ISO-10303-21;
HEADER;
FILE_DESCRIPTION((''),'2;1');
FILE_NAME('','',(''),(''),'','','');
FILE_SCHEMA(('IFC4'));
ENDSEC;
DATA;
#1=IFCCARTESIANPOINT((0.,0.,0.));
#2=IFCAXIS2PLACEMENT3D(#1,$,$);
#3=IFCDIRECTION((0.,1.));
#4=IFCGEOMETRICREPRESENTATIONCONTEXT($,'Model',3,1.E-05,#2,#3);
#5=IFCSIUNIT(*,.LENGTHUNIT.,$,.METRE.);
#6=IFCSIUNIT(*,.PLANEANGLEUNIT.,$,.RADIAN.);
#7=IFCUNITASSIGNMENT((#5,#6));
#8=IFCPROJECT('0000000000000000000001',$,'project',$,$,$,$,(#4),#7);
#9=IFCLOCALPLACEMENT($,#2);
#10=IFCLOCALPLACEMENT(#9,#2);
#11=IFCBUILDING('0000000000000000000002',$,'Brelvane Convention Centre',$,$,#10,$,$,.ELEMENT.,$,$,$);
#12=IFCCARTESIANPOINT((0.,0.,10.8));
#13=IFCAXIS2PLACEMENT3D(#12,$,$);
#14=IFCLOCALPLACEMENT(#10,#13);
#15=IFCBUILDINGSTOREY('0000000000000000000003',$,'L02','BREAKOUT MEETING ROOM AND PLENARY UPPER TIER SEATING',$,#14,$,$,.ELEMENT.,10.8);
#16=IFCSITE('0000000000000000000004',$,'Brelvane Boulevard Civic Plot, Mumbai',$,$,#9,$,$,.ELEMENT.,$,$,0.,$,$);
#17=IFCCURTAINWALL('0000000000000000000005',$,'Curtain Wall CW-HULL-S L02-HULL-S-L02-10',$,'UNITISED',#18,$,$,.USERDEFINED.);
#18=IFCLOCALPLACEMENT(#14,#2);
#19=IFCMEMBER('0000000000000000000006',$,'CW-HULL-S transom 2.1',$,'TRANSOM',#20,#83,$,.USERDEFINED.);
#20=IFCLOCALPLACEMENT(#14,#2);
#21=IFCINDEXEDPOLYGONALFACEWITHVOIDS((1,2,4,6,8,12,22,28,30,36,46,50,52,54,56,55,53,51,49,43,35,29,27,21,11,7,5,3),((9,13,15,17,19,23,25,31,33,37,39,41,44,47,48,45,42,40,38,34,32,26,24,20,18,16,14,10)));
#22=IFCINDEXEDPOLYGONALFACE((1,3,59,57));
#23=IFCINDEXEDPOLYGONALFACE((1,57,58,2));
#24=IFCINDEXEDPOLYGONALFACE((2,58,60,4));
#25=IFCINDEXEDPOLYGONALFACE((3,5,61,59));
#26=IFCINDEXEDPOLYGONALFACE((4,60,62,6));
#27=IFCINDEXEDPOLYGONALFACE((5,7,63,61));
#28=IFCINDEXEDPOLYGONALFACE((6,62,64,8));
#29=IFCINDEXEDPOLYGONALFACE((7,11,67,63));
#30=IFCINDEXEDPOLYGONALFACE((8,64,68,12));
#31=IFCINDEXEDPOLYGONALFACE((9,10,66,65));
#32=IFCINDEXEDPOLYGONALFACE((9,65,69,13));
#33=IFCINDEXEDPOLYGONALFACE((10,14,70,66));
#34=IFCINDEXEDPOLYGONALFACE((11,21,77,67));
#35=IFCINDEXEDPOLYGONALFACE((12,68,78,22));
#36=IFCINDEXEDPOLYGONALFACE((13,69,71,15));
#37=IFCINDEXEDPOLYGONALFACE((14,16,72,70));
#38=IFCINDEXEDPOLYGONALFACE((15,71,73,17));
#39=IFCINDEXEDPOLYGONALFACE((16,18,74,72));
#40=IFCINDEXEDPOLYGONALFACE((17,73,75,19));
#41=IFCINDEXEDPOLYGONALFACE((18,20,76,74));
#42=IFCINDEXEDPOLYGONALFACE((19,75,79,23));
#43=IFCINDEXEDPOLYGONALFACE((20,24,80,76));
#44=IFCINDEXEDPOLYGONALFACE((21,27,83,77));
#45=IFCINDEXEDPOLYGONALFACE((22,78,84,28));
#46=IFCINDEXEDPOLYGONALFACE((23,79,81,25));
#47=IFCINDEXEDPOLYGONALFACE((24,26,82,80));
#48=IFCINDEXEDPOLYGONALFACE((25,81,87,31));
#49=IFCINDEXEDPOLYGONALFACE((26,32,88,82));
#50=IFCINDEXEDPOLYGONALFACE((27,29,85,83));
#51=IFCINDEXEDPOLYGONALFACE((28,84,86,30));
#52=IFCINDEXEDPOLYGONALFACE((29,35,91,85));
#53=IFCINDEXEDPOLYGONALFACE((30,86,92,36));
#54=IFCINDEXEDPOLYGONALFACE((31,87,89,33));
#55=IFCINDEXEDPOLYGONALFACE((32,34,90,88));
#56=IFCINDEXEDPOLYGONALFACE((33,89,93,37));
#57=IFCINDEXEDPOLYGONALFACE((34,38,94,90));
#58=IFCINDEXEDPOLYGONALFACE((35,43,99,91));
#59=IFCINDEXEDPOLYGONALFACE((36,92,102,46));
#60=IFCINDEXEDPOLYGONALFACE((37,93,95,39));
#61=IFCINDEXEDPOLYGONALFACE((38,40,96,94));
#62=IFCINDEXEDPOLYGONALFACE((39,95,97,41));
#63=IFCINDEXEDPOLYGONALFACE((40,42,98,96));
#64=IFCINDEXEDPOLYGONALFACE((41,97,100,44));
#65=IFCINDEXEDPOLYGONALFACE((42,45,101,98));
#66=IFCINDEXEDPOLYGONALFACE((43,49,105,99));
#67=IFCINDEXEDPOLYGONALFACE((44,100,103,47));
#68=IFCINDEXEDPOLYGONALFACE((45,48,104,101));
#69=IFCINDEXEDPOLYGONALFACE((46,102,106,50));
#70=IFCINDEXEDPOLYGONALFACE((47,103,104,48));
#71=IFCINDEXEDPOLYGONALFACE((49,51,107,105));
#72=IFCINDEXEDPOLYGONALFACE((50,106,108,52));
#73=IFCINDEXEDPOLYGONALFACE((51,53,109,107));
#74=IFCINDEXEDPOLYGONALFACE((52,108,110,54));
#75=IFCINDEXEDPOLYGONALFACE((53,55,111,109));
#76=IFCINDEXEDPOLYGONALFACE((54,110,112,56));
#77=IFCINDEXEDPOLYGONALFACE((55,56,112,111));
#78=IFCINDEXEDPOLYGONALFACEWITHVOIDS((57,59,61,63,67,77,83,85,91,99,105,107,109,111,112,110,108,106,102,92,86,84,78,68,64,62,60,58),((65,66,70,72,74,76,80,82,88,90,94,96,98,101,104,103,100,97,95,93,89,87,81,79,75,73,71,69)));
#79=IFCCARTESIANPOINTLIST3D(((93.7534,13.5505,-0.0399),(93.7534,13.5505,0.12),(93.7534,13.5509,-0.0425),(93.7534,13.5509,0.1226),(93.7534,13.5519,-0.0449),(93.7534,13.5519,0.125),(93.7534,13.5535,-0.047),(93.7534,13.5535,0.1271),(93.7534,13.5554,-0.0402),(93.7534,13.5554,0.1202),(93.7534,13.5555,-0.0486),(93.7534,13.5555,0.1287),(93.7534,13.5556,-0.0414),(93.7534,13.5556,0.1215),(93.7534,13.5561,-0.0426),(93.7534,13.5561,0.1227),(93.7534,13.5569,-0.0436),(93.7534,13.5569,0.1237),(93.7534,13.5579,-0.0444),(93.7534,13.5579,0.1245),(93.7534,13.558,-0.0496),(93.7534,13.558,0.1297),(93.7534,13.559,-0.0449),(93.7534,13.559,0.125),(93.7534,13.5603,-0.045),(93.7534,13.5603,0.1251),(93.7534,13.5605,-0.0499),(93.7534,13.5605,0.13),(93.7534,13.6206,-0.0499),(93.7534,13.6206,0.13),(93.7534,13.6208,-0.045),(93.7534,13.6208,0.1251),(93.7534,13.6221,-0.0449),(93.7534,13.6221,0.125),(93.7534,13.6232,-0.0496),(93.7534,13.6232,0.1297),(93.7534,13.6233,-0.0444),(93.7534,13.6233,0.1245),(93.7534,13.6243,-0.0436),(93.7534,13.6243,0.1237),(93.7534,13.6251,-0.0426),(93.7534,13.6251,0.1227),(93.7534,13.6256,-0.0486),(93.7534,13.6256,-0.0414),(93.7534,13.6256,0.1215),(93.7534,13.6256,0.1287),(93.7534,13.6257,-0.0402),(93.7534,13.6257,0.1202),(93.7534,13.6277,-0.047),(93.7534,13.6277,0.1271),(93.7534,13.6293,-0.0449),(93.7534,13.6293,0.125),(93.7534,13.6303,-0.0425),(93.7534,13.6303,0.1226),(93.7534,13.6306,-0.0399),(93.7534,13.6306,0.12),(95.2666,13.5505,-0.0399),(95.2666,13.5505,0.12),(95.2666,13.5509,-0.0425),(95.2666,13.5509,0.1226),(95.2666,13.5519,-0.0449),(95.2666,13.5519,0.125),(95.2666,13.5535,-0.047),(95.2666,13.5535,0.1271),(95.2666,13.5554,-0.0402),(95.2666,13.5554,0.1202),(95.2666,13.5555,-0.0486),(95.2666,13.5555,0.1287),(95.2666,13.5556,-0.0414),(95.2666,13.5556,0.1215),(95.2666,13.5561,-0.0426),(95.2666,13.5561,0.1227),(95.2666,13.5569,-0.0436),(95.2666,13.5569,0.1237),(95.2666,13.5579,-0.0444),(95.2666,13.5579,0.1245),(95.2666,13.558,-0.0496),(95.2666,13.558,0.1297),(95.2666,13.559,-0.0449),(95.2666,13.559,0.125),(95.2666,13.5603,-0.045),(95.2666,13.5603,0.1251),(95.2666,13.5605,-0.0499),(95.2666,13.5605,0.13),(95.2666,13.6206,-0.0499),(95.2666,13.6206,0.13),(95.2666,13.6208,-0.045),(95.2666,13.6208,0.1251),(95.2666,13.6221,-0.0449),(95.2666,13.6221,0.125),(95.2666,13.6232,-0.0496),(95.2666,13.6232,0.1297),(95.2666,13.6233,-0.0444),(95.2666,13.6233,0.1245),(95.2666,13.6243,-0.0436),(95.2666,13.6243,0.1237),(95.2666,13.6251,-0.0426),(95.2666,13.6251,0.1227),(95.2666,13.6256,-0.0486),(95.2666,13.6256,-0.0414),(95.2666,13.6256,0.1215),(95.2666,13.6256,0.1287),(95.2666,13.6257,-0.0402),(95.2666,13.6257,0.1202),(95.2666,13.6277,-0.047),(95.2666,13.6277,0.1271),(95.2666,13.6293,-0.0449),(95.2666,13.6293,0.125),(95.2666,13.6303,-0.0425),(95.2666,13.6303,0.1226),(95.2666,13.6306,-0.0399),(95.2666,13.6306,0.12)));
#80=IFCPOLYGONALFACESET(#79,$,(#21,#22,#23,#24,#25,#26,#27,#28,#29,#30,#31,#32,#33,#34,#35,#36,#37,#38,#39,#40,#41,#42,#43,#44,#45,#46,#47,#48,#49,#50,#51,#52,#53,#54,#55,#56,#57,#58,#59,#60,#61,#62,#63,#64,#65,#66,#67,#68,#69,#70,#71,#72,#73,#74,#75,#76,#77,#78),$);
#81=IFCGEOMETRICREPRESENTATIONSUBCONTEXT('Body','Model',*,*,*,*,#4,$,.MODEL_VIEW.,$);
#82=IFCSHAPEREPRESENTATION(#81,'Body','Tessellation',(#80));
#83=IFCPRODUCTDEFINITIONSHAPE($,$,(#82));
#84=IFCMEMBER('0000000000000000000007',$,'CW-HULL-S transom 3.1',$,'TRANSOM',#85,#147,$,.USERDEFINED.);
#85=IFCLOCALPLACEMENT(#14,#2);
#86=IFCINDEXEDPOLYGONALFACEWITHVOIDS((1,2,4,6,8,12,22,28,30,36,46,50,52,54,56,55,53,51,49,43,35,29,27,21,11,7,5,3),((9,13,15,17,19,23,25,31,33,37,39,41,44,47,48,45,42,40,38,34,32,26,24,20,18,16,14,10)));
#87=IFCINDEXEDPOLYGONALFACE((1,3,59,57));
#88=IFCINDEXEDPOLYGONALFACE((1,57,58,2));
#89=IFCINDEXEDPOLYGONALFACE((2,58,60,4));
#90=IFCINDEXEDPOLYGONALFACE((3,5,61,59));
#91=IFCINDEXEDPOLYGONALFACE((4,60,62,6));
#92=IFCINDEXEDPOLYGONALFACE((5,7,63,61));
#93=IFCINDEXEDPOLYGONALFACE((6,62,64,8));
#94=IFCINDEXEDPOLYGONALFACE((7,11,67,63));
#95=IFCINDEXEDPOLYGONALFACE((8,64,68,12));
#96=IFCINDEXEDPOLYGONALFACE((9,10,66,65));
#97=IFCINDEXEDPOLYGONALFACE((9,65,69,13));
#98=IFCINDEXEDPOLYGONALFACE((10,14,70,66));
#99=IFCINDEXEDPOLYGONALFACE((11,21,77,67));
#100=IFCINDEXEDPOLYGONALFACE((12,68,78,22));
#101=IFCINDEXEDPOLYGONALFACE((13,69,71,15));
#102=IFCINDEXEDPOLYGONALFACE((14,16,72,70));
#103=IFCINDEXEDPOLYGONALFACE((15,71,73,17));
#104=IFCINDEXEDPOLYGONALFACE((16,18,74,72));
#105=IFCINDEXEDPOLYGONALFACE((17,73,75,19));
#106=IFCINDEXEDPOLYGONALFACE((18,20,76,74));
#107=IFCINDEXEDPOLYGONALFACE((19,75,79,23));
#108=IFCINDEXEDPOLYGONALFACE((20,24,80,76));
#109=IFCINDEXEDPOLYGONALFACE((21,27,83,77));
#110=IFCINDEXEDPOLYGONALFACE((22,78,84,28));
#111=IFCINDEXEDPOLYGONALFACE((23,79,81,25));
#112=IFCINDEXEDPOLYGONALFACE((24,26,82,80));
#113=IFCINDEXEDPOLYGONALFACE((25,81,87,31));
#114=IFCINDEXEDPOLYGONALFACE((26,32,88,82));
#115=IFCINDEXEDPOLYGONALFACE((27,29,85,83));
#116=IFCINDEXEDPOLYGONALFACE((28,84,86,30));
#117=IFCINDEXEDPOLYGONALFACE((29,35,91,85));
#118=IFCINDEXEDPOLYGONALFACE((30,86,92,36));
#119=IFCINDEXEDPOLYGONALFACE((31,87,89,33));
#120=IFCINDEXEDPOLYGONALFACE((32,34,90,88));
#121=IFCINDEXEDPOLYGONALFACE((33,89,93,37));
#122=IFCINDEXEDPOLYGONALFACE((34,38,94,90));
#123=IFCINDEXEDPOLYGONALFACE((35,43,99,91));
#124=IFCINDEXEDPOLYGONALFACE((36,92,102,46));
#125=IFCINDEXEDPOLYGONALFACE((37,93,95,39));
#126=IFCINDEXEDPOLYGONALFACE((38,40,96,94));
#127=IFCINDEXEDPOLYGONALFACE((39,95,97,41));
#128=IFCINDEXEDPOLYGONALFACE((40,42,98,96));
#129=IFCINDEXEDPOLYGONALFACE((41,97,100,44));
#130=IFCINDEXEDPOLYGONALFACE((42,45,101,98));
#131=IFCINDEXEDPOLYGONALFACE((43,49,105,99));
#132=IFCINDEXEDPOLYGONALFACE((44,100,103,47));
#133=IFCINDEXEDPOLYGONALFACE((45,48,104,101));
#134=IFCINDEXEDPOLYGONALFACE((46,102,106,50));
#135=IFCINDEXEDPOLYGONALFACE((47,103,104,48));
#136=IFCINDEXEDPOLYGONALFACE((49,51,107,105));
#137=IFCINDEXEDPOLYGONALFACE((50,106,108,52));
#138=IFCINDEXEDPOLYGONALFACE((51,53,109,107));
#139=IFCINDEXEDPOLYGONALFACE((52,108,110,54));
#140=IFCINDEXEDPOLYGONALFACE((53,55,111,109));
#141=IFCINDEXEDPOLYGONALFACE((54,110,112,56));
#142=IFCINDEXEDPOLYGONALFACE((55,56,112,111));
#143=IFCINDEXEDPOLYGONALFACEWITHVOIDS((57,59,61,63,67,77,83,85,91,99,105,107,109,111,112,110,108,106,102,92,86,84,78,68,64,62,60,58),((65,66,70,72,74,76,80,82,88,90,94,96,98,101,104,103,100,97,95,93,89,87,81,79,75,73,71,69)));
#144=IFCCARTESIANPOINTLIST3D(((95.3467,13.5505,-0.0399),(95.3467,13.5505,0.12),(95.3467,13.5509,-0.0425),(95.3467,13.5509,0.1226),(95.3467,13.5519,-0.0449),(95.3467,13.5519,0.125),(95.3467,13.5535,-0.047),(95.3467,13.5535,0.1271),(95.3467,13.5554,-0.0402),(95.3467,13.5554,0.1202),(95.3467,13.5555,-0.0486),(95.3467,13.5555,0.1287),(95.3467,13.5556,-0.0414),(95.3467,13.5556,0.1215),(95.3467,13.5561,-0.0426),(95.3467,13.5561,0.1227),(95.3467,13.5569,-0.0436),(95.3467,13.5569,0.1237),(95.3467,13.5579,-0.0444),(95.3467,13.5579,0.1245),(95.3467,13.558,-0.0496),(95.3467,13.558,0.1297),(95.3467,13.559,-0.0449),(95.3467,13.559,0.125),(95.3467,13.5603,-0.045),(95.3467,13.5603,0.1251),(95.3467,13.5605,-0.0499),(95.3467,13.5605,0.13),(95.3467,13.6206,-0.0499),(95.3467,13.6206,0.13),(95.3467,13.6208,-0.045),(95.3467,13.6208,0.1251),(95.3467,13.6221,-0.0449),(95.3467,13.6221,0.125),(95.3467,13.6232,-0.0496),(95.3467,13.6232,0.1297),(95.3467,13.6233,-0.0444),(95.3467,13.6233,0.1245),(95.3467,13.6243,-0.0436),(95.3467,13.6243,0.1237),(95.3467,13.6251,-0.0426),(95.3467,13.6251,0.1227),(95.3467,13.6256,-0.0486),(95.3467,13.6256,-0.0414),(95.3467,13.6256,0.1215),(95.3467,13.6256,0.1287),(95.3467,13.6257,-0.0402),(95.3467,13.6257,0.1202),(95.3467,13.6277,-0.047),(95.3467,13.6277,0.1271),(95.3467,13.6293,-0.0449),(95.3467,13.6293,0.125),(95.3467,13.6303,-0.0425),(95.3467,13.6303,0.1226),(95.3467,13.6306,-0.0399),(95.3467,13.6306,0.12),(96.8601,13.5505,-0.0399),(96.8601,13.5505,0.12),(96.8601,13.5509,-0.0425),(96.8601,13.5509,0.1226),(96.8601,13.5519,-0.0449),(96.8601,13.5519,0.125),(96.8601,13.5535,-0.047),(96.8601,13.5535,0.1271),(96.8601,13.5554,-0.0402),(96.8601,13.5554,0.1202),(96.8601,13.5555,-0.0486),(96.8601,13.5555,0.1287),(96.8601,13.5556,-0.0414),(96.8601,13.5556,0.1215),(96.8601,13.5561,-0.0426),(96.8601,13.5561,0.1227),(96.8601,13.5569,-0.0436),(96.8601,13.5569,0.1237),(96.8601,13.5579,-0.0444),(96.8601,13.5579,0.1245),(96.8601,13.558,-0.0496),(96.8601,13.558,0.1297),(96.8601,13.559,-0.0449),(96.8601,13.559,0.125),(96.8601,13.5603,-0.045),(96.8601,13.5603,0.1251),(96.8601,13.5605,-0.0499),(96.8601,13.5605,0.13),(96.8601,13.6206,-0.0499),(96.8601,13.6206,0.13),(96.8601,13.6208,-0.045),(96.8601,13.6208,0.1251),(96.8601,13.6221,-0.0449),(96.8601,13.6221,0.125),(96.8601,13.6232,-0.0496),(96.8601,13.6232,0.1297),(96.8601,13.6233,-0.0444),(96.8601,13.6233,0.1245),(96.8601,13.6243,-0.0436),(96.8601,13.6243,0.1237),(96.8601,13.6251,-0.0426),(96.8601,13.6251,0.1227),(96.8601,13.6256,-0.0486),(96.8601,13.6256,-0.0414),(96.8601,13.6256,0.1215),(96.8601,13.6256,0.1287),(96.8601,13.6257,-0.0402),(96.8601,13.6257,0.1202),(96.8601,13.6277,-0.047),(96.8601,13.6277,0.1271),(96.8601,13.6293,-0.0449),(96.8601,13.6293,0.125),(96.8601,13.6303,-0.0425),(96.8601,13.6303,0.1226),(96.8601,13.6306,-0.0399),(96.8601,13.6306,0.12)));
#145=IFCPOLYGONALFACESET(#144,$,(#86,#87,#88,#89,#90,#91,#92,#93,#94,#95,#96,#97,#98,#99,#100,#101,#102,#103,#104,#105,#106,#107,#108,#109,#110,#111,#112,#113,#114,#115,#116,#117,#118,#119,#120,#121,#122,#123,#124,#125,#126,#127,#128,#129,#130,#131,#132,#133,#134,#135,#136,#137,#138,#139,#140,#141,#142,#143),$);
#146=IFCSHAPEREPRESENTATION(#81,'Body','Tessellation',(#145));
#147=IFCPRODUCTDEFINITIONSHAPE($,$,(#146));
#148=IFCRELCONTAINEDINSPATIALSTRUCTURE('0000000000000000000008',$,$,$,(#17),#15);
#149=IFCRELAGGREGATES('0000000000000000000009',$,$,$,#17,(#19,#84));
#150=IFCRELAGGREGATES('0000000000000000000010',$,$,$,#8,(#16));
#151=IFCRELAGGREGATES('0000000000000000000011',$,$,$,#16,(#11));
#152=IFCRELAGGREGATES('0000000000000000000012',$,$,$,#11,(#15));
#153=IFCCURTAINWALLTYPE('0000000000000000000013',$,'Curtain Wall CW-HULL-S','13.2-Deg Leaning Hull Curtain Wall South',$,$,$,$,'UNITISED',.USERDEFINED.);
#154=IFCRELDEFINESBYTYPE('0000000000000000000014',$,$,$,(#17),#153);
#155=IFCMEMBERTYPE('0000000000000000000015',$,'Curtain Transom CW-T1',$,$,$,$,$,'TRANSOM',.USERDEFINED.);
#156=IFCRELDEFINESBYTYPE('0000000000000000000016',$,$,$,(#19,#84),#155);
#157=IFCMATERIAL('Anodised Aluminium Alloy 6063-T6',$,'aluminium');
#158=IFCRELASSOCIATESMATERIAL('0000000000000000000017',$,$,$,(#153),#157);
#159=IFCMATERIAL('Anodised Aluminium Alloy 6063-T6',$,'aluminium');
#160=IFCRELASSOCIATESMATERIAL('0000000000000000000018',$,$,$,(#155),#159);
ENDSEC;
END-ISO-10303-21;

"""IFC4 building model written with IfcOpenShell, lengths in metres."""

from ifc_helpers import new_model, si_unit, direction, frame, origin, origin_2d, place, context, subcontext, project, spatial, hollow_rectangle, extrude, material, material_profile, profile_set, type_object, element, aggregate, save


model = new_model("IFC4")

# Units and contexts
model_context = context("Model", 3, precision=1e-05, world=origin(), true_north=direction((0.0, 1.0)))
body_context = subcontext(model_context, "Body", "Model", "MODEL_VIEW")
ifc_project = project(units=[si_unit("LENGTHUNIT", "METRE"), si_unit("PLANEANGLEUNIT", "RADIAN")], contexts=[model_context])

# Site, building, storey
site_placement = place(None, origin())
site = spatial("IfcSite", under=ifc_project, at=site_placement, Name="Brelvane Boulevard Civic Plot, Mumbai", CompositionType="ELEMENT", RefElevation=0.0)
building_placement = place(site_placement, origin())
building = spatial("IfcBuilding", under=site, at=building_placement, Name="Brelvane Convention Centre", CompositionType="ELEMENT")
storey_placement = place(building_placement, frame((0.0, 0.0, 10.8)))
storey = spatial("IfcBuildingStorey", under=building, at=storey_placement, Name="L02", Description="BREAKOUT MEETING ROOM AND PLENARY UPPER TIER SEATING", CompositionType="ELEMENT", Elevation=10.8)

# Curtain wall
ifc_material_1 = material(Name="Anodised Aluminium Alloy 6063-T6", Category="aluminium")
curtain_wall_type = type_object("IfcCurtainWallType", Name="Curtain Wall CW-HULL-S", Description="13.2-Deg Leaning Hull Curtain Wall South", ElementType="UNITISED", PredefinedType="USERDEFINED", material=ifc_material_1)
curtain_wall_1_placement = place(storey_placement, origin())
curtain_wall_1 = element("IfcCurtainWall", 1, at=curtain_wall_1_placement, inside=storey, type_object=curtain_wall_type, Name="Curtain Wall CW-HULL-S L02-HULL-S-L02-10", ObjectType="UNITISED", PredefinedType="USERDEFINED")

# Members
ifc_material_2 = material(Name="Anodised Aluminium Alloy 6063-T6", Category="aluminium")
ifc_material_profile_1 = material_profile(ifc_material_2, hollow_rectangle(XDim=0.0801, YDim=0.1799, WallThickness=0.0049, InnerFilletRadius=0.0049, OuterFilletRadius=0.01, at=origin_2d()), Name="ALU-T 180x80x5.0")
ifc_profile_set_1 = profile_set([ifc_material_profile_1], Name="Anodised Aluminium Alloy 6063-T6")
member_type_1 = type_object("IfcMemberType", Name="Curtain Transom CW-T1", ElementType="TRANSOM", PredefinedType="USERDEFINED", material=ifc_profile_set_1)
member_1_placement = place(storey_placement, frame((93.7534, 13.5906, 0.04), z_axis=(1.0, 0.0, 0.0), x_axis=(0.0, 1.0, 0.0)))
member_1 = element("IfcMember", 2, at=member_1_placement, type_object=member_type_1, Name="CW-HULL-S transom 2.1", ObjectType="TRANSOM", PredefinedType="USERDEFINED", context=body_context, shape_type="SweptSolid", body=[
    extrude(hollow_rectangle(XDim=0.0801, YDim=0.1799, WallThickness=0.0049, InnerFilletRadius=0.0049, OuterFilletRadius=0.01, at=origin_2d()), origin(), (0.0, 0.0, 1.0), 1.5132),
])
member_2_placement = place(storey_placement, frame((95.3467, 13.5906, 0.04), z_axis=(1.0, 0.0, 0.0), x_axis=(0.0, 1.0, 0.0)))
member_2 = element("IfcMember", 3, at=member_2_placement, type_object=member_type_1, Name="CW-HULL-S transom 3.1", ObjectType="TRANSOM", PredefinedType="USERDEFINED", context=body_context, shape_type="SweptSolid", body=[
    extrude(hollow_rectangle(XDim=0.0801, YDim=0.1799, WallThickness=0.0049, InnerFilletRadius=0.0049, OuterFilletRadius=0.01, at=origin_2d()), origin(), (0.0, 0.0, 1.0), 1.5134),
])

aggregate(curtain_wall_1, [member_1, member_2])

save(model, "model.ifc")
